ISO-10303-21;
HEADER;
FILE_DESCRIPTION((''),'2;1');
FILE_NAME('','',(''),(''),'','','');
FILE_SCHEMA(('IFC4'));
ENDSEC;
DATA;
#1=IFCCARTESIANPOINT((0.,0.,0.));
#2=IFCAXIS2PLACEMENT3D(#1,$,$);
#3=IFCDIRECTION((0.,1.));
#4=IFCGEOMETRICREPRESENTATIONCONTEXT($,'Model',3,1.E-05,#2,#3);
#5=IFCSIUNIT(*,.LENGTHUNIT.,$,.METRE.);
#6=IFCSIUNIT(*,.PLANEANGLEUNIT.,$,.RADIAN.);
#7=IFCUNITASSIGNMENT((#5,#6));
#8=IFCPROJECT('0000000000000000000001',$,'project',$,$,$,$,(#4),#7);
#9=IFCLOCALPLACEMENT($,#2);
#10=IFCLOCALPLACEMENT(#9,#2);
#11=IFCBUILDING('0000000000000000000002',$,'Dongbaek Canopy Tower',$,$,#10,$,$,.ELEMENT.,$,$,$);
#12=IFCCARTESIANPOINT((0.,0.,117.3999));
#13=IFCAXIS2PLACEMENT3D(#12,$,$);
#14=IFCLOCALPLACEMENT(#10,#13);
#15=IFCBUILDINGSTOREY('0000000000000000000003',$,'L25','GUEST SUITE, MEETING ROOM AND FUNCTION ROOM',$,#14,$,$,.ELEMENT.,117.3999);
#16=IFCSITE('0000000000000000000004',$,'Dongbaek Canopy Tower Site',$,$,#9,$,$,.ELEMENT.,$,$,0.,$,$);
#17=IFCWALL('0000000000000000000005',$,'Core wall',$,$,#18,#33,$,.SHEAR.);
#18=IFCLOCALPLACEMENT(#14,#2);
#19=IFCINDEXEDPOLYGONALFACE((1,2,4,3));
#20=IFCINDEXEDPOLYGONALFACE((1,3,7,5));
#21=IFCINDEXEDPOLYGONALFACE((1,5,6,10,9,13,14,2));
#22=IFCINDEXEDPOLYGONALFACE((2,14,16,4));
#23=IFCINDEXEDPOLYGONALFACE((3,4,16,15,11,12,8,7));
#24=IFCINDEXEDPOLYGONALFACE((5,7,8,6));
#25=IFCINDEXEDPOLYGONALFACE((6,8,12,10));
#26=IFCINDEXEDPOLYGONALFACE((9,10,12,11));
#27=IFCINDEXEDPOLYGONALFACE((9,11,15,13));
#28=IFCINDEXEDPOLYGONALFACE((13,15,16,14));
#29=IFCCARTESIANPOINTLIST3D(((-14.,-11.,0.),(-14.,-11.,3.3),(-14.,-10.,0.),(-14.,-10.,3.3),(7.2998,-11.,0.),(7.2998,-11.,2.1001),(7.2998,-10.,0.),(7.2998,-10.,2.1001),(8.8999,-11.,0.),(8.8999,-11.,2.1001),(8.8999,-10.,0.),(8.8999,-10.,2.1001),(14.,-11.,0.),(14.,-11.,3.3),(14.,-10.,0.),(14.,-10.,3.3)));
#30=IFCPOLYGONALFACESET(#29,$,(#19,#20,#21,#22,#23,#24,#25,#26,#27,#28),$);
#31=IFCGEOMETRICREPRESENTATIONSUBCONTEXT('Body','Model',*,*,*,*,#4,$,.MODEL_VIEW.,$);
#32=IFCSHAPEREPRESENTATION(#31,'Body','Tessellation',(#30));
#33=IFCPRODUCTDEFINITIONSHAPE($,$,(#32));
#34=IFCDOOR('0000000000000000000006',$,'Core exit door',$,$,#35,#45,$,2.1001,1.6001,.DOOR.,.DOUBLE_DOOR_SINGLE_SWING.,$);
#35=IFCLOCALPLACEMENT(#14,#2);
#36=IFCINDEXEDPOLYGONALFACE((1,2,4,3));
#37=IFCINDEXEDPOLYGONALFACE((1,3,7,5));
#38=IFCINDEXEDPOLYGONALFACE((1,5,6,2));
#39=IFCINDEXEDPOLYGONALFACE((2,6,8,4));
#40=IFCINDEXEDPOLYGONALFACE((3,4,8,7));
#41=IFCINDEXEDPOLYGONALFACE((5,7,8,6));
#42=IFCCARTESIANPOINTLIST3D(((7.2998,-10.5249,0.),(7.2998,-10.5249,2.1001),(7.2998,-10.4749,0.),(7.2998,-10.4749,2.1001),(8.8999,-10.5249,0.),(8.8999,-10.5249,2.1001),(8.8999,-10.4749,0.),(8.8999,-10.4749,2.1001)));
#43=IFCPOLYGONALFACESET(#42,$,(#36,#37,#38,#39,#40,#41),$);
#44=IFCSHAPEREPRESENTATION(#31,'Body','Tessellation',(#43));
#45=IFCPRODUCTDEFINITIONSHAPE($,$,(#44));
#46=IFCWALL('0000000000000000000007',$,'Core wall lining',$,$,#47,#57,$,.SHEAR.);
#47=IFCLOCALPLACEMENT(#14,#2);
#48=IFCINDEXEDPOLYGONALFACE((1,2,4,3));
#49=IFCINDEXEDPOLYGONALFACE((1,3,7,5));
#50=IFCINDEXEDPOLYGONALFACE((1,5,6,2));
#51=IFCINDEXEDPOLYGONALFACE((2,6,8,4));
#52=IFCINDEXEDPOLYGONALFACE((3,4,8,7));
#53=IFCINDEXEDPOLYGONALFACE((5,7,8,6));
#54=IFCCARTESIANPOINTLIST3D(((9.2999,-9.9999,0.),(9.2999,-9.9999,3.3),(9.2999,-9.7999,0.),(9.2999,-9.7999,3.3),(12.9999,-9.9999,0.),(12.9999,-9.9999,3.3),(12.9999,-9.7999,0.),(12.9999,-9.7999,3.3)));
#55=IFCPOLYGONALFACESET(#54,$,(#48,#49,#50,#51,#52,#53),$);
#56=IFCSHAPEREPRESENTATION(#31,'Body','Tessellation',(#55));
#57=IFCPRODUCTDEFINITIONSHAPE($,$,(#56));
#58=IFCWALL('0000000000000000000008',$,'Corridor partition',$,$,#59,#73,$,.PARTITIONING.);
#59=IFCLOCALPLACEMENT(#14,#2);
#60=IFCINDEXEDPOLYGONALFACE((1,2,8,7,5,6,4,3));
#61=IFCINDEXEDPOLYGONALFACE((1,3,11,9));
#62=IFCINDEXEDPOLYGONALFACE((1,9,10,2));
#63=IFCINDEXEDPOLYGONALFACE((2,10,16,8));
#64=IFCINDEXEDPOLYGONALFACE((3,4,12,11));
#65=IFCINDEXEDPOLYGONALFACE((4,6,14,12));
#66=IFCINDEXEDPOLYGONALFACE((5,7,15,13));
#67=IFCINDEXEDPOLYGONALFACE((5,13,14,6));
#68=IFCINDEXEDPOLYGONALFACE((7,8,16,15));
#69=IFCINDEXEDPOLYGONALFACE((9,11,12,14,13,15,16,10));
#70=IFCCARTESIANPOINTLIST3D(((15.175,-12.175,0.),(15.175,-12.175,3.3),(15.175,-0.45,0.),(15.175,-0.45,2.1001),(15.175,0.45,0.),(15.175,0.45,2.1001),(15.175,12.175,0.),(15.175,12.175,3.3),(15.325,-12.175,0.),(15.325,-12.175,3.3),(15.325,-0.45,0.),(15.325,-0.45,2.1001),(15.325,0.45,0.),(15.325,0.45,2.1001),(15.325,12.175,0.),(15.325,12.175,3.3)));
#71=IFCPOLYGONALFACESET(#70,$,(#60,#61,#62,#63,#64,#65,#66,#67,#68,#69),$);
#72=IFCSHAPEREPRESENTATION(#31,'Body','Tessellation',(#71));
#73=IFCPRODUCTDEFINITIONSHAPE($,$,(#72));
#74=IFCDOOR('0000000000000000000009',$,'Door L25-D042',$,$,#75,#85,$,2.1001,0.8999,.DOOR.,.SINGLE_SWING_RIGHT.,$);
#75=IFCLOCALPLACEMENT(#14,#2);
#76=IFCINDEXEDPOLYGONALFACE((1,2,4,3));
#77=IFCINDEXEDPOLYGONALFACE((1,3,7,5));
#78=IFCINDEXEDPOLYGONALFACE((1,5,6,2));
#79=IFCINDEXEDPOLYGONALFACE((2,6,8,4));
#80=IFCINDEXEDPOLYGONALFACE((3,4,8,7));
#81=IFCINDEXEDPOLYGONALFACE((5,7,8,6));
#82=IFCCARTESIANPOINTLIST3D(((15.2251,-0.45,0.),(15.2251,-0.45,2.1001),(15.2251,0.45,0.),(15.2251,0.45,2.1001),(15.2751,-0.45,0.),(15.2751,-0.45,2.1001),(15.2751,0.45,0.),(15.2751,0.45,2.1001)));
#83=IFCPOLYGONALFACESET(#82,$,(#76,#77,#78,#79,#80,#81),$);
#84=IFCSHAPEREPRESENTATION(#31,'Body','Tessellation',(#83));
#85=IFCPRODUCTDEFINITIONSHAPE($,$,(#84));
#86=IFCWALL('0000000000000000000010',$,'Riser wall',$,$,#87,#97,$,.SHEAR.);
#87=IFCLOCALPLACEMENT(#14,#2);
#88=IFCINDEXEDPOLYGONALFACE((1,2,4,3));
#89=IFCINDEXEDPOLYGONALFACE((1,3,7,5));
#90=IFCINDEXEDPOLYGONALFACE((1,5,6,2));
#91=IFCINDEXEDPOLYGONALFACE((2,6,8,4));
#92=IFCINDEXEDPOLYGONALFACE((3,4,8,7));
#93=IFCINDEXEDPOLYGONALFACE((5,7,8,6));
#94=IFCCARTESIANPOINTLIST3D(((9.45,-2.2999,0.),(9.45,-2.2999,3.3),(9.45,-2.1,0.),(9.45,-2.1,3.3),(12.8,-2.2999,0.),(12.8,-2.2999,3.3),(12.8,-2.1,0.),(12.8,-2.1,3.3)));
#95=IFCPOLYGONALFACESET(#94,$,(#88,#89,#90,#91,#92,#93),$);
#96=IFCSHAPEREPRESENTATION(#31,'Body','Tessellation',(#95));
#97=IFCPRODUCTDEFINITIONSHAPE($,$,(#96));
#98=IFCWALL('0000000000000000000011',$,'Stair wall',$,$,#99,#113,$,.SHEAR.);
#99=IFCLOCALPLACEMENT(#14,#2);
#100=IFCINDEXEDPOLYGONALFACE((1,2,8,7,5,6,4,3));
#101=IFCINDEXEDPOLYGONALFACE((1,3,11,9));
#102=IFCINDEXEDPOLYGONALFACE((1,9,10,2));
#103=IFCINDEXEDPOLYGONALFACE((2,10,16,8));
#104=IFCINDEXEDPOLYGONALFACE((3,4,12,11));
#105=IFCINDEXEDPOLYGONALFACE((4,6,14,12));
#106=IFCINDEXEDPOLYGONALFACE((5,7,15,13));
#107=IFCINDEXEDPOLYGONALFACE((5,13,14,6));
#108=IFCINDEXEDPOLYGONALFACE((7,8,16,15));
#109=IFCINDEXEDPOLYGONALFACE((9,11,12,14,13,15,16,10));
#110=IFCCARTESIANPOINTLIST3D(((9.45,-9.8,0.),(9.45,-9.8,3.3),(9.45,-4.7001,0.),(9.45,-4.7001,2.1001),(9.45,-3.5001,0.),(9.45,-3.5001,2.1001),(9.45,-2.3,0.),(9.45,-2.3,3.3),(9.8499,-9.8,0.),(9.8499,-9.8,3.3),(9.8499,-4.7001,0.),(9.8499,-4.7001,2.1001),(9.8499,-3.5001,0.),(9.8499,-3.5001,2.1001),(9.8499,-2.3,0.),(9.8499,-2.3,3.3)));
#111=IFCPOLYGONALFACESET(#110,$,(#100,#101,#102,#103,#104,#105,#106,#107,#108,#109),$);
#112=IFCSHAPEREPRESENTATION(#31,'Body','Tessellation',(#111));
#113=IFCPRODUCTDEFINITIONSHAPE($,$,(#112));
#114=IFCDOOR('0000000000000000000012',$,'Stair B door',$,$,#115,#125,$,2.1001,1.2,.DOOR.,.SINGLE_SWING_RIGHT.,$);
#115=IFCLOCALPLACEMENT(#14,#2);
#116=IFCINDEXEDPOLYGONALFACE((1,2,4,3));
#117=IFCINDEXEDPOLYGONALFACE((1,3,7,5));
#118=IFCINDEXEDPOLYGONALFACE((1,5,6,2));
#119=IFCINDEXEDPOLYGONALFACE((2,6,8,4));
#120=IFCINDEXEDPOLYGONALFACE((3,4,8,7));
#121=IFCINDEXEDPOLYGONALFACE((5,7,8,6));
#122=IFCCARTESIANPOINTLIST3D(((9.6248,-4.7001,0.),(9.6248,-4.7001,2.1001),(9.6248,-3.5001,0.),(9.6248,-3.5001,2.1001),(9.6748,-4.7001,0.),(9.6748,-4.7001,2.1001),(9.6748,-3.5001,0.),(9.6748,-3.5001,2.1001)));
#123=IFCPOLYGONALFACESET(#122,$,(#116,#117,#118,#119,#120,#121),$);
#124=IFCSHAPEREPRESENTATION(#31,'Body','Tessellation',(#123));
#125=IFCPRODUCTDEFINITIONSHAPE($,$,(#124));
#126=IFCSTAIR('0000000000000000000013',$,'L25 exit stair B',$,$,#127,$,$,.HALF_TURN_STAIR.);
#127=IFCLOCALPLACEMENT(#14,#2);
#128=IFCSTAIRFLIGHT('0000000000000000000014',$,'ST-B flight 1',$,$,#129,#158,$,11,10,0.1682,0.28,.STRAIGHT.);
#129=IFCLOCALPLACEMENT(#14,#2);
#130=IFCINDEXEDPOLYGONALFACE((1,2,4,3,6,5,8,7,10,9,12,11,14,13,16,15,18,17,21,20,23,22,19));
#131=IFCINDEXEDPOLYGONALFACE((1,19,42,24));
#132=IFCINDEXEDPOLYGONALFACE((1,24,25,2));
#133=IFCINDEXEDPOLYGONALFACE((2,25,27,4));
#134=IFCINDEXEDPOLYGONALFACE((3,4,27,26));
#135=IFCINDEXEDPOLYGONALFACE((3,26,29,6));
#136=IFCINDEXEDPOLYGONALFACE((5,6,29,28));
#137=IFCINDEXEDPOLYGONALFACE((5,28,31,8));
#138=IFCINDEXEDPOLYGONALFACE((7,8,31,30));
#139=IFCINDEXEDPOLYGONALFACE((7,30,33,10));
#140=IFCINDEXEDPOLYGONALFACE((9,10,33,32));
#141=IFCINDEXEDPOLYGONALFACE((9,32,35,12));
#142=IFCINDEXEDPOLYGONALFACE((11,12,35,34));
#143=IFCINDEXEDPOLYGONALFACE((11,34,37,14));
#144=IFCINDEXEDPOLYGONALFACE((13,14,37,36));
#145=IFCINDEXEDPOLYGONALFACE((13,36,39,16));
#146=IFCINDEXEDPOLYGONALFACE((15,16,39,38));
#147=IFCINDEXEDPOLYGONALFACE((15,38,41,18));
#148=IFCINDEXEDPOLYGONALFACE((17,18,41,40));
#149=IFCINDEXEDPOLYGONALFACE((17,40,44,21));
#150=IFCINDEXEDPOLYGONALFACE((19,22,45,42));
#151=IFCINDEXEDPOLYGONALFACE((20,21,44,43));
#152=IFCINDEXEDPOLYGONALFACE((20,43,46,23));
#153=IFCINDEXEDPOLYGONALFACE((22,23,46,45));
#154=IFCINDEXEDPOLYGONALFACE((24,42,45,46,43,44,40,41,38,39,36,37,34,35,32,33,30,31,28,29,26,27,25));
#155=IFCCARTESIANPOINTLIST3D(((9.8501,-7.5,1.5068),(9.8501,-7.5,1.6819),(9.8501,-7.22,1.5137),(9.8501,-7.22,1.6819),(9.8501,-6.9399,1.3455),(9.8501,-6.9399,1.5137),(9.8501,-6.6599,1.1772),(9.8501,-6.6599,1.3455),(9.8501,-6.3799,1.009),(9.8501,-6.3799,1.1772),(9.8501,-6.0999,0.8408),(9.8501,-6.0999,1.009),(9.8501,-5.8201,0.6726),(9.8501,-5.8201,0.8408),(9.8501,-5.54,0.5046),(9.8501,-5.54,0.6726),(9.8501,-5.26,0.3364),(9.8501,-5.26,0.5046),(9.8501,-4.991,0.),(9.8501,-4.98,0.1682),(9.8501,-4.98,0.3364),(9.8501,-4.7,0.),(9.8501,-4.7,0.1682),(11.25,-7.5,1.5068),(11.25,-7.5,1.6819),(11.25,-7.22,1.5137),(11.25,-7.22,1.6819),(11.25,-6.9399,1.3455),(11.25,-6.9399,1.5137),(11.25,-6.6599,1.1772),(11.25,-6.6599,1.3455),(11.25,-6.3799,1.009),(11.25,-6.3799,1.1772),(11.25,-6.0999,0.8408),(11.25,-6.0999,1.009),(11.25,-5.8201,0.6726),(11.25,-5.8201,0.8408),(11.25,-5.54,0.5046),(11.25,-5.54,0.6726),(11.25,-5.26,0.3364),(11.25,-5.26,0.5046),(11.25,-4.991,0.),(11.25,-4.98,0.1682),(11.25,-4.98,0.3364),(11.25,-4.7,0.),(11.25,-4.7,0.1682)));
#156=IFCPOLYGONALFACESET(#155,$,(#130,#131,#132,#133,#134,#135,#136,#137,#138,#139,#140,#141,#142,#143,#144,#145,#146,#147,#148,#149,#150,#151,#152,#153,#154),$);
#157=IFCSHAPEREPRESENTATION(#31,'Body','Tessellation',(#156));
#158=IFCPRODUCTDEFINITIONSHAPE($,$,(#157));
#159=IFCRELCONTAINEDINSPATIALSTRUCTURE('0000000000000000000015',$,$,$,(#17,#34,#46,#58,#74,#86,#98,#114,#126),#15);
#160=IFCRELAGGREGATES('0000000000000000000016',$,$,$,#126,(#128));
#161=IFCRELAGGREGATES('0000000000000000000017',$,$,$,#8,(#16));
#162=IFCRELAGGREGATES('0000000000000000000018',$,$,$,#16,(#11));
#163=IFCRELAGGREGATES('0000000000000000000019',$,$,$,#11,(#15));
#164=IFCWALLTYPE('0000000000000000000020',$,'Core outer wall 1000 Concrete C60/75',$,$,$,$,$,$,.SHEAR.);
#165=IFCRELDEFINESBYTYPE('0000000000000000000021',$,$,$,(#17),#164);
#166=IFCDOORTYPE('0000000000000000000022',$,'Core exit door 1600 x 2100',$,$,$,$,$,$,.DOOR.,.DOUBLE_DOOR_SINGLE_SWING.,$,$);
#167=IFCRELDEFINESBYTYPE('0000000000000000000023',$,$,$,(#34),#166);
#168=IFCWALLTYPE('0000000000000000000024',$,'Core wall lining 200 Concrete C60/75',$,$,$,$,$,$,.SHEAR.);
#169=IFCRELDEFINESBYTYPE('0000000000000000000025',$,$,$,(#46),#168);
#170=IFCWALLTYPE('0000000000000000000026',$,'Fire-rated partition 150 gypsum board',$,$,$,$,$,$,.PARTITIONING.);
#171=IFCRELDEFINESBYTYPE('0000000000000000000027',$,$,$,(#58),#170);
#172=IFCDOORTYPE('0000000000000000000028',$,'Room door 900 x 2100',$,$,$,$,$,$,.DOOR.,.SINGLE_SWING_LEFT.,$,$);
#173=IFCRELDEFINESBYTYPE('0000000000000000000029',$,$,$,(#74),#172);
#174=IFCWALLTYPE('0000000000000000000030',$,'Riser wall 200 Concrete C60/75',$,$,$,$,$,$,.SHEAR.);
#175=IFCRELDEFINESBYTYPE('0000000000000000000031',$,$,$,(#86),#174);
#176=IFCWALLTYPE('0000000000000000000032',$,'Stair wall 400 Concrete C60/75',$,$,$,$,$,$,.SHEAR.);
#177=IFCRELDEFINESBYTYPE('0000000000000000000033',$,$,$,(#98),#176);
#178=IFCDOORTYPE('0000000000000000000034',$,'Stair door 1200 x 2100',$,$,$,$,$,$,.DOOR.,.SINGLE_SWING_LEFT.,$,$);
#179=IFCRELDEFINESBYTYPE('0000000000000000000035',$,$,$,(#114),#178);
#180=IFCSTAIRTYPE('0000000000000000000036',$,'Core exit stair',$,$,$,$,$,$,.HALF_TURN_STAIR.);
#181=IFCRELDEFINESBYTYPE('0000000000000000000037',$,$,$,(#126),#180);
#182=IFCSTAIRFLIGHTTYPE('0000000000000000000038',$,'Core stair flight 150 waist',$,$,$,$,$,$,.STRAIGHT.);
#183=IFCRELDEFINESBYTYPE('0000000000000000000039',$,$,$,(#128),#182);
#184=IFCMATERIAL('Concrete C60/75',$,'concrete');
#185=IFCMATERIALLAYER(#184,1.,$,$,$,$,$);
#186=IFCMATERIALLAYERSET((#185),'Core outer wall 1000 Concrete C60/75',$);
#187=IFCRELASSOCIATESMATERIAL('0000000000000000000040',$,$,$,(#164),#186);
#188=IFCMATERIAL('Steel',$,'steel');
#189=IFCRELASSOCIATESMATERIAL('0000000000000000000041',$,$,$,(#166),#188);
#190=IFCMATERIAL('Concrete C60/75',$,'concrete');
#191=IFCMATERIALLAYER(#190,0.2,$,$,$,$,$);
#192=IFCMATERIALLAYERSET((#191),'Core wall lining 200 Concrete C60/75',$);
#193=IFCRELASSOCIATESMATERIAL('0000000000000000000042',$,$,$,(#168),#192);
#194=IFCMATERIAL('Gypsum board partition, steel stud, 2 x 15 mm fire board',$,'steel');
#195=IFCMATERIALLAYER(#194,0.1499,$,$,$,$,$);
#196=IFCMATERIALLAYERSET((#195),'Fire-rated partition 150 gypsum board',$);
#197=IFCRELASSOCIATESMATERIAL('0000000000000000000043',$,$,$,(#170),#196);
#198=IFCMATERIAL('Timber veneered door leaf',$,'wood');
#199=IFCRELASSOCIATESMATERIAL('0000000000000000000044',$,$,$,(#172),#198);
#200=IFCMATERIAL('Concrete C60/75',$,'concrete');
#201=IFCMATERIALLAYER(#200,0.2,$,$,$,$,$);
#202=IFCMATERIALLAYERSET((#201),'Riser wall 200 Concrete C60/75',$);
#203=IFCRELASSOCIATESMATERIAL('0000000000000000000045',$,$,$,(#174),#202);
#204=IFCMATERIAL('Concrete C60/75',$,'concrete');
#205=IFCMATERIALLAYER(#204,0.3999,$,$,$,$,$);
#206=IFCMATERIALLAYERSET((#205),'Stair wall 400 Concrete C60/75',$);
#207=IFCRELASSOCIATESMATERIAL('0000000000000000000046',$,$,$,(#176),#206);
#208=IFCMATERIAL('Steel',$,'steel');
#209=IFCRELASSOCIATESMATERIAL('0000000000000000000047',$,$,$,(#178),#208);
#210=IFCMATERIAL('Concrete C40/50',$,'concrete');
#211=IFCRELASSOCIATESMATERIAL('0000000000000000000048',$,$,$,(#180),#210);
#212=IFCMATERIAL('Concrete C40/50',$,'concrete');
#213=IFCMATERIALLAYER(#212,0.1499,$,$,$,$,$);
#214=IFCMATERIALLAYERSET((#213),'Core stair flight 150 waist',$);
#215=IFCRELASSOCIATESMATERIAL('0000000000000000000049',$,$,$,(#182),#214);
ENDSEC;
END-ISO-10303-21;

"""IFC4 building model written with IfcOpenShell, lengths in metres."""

from ifc_helpers import new_model, si_unit, direction, frame, frame_2d, origin, place, context, subcontext, project, spatial, polyline, rectangle, outline, extrude, material, layer, layer_set, type_object, element, fill, aggregate, save


model = new_model("IFC4")

# Units and contexts
model_context = context("Model", 3, precision=1e-05, world=origin(), true_north=direction((0.0, 1.0)))
body_context = subcontext(model_context, "Body", "Model", "MODEL_VIEW")
ifc_project = project(units=[si_unit("LENGTHUNIT", "METRE"), si_unit("PLANEANGLEUNIT", "RADIAN")], contexts=[model_context])

# Site, building, storey
site_placement = place(None, origin())
site = spatial("IfcSite", under=ifc_project, at=site_placement, Name="Dongbaek Canopy Tower Site", CompositionType="ELEMENT", RefElevation=0.0)
building_placement = place(site_placement, origin())
building = spatial("IfcBuilding", under=site, at=building_placement, Name="Dongbaek Canopy Tower", CompositionType="ELEMENT")
storey_placement = place(building_placement, frame((0.0, 0.0, 117.3999)))
storey = spatial("IfcBuildingStorey", under=building, at=storey_placement, Name="L25", Description="GUEST SUITE, MEETING ROOM AND FUNCTION ROOM", CompositionType="ELEMENT", Elevation=117.3999)

# Wall, opening, door
ifc_material_1 = material(Name="Concrete C60/75", Category="concrete")
ifc_layer_1 = layer(ifc_material_1, 1.0)
ifc_layer_set_1 = layer_set([ifc_layer_1], Name="Core outer wall 1000 Concrete C60/75")
wall_type_1 = type_object("IfcWallType", Name="Core outer wall 1000 Concrete C60/75", PredefinedType="SHEAR", material=ifc_layer_set_1)
wall_1_placement = place(storey_placement, frame((14.0, -10.5, 0.0), z_axis=(0.0, 0.0, 1.0), x_axis=(-1.0, 0.0, 0.0)))
wall_1 = element("IfcWall", 1, at=wall_1_placement, inside=storey, type_object=wall_type_1, Name="Core wall", PredefinedType="SHEAR", context=body_context, shape_type="SweptSolid", body=[
    extrude(rectangle(XDim=28.0, YDim=1.0, at=frame_2d((14.0, 0.0))), origin(), (0.0, 0.0, 1.0), 3.3),
])
opening_1_placement = place(wall_1_placement, frame((5.1001, 0.0, 0.0)))
opening_1 = element("IfcOpeningElement", 2, at=opening_1_placement, cuts=wall_1, PredefinedType="OPENING", context=body_context, shape_type="SweptSolid", body=[
    extrude(rectangle(XDim=1.6001, YDim=2.1001, at=frame_2d((0.8, 1.05))), frame((0.0, 0.51, 0.0), z_axis=(0.0, -1.0, 0.0), x_axis=(1.0, 0.0, 0.0)), (0.0, 0.0, 1.0), 1.02),
])
ifc_material_2 = material(Name="Steel", Category="steel")
door_type_1 = type_object("IfcDoorType", Name="Core exit door 1600 x 2100", OperationType="DOUBLE_DOOR_SINGLE_SWING", PredefinedType="DOOR", material=ifc_material_2)
door_1_placement = place(opening_1_placement, origin())
door_1 = element("IfcDoor", 3, at=door_1_placement, inside=storey, type_object=door_type_1, Name="Core exit door", OperationType="DOUBLE_DOOR_SINGLE_SWING", OverallHeight=2.1001, OverallWidth=1.6001, PredefinedType="DOOR", context=body_context, shape_type="SweptSolid", body=[
    extrude(rectangle(XDim=1.6001, YDim=2.1001, at=frame_2d((0.8, 1.05))), frame((0.0, 0.0249, 0.0), z_axis=(0.0, -1.0, 0.0), x_axis=(1.0, 0.0, 0.0)), (0.0, 0.0, 1.0), 0.05),
])
fill(opening_1, door_1)

# Wall
ifc_material_3 = material(Name="Concrete C60/75", Category="concrete")
ifc_layer_2 = layer(ifc_material_3, 0.2)
ifc_layer_set_2 = layer_set([ifc_layer_2], Name="Core wall lining 200 Concrete C60/75")
wall_type_2 = type_object("IfcWallType", Name="Core wall lining 200 Concrete C60/75", PredefinedType="SHEAR", material=ifc_layer_set_2)
wall_2_placement = place(storey_placement, frame((13.0, -9.8999, 0.0), z_axis=(0.0, 0.0, 1.0), x_axis=(-1.0, 0.0, 0.0)))
element("IfcWall", 4, at=wall_2_placement, inside=storey, type_object=wall_type_2, Name="Core wall lining", PredefinedType="SHEAR", context=body_context, shape_type="SweptSolid", body=[
    extrude(rectangle(XDim=3.7, YDim=0.2, at=frame_2d((1.8501, 0.0))), origin(), (0.0, 0.0, 1.0), 3.3),
])

# Wall, opening, door
ifc_material_4 = material(Name="Gypsum board partition, steel stud, 2 x 15 mm fire board", Category="steel")
ifc_layer_3 = layer(ifc_material_4, 0.1499)
ifc_layer_set_3 = layer_set([ifc_layer_3], Name="Fire-rated partition 150 gypsum board")
wall_type_3 = type_object("IfcWallType", Name="Fire-rated partition 150 gypsum board", PredefinedType="PARTITIONING", material=ifc_layer_set_3)
wall_3_placement = place(storey_placement, frame((15.25, -12.175, 0.0), z_axis=(0.0, 0.0, 1.0), x_axis=(0.0, 1.0, 0.0)))
wall_3 = element("IfcWall", 5, at=wall_3_placement, inside=storey, type_object=wall_type_3, Name="Corridor partition", PredefinedType="PARTITIONING", context=body_context, shape_type="SweptSolid", body=[
    extrude(rectangle(XDim=24.3501, YDim=0.1499, at=frame_2d((12.175, 0.0))), origin(), (0.0, 0.0, 1.0), 3.3),
])
opening_2_placement = place(wall_3_placement, frame((11.7251, 0.0, 0.0)))
opening_2 = element("IfcOpeningElement", 6, at=opening_2_placement, cuts=wall_3, PredefinedType="OPENING", context=body_context, shape_type="SweptSolid", body=[
    extrude(rectangle(XDim=0.8999, YDim=2.1001, at=frame_2d((0.45, 1.05))), frame((0.0, 0.085, 0.0), z_axis=(0.0, -1.0, 0.0), x_axis=(1.0, 0.0, 0.0)), (0.0, 0.0, 1.0), 0.1699),
])
ifc_material_5 = material(Name="Timber veneered door leaf", Category="wood")
door_type_2 = type_object("IfcDoorType", Name="Room door 900 x 2100", OperationType="SINGLE_SWING_LEFT", PredefinedType="DOOR", material=ifc_material_5)
door_2_placement = place(opening_2_placement, origin())
door_2 = element("IfcDoor", 7, at=door_2_placement, inside=storey, type_object=door_type_2, Name="Door L25-D042", OperationType="SINGLE_SWING_RIGHT", OverallHeight=2.1001, OverallWidth=0.8999, PredefinedType="DOOR", context=body_context, shape_type="SweptSolid", body=[
    extrude(rectangle(XDim=0.8999, YDim=2.1001, at=frame_2d((0.45, 1.05))), frame((0.0, 0.0249, 0.0), z_axis=(0.0, -1.0, 0.0), x_axis=(1.0, 0.0, 0.0)), (0.0, 0.0, 1.0), 0.05),
])
fill(opening_2, door_2)

# Wall
ifc_material_6 = material(Name="Concrete C60/75", Category="concrete")
ifc_layer_4 = layer(ifc_material_6, 0.2)
ifc_layer_set_4 = layer_set([ifc_layer_4], Name="Riser wall 200 Concrete C60/75")
wall_type_4 = type_object("IfcWallType", Name="Riser wall 200 Concrete C60/75", PredefinedType="SHEAR", material=ifc_layer_set_4)
wall_4_placement = place(storey_placement, frame((9.45, -2.2, 0.0), z_axis=(0.0, 0.0, 1.0), x_axis=(1.0, 0.0, 0.0)))
element("IfcWall", 8, at=wall_4_placement, inside=storey, type_object=wall_type_4, Name="Riser wall", PredefinedType="SHEAR", context=body_context, shape_type="SweptSolid", body=[
    extrude(rectangle(XDim=3.3501, YDim=0.2, at=frame_2d((1.675, 0.0))), origin(), (0.0, 0.0, 1.0), 3.3),
])

# Wall, opening, door
ifc_material_7 = material(Name="Concrete C60/75", Category="concrete")
ifc_layer_5 = layer(ifc_material_7, 0.3999)
ifc_layer_set_5 = layer_set([ifc_layer_5], Name="Stair wall 400 Concrete C60/75")
wall_type_5 = type_object("IfcWallType", Name="Stair wall 400 Concrete C60/75", PredefinedType="SHEAR", material=ifc_layer_set_5)
wall_5_placement = place(storey_placement, frame((9.6499, -2.3, 0.0), z_axis=(0.0, 0.0, 1.0), x_axis=(0.0, -1.0, 0.0)))
wall_5 = element("IfcWall", 9, at=wall_5_placement, inside=storey, type_object=wall_type_5, Name="Stair wall", PredefinedType="SHEAR", context=body_context, shape_type="SweptSolid", body=[
    extrude(rectangle(XDim=7.5, YDim=0.3999, at=frame_2d((3.75, 0.0))), origin(), (0.0, 0.0, 1.0), 3.3),
])
opening_3_placement = place(wall_5_placement, frame((1.2, 0.0, 0.0)))
opening_3 = element("IfcOpeningElement", 10, at=opening_3_placement, cuts=wall_5, PredefinedType="OPENING", context=body_context, shape_type="SweptSolid", body=[
    extrude(rectangle(XDim=1.2, YDim=2.1001, at=frame_2d((0.6001, 1.05))), frame((0.0, 0.21, 0.0), z_axis=(0.0, -1.0, 0.0), x_axis=(1.0, 0.0, 0.0)), (0.0, 0.0, 1.0), 0.4199),
])
ifc_material_8 = material(Name="Steel", Category="steel")
door_type_3 = type_object("IfcDoorType", Name="Stair door 1200 x 2100", OperationType="SINGLE_SWING_LEFT", PredefinedType="DOOR", material=ifc_material_8)
door_3_placement = place(opening_3_placement, origin())
door_3 = element("IfcDoor", 11, at=door_3_placement, inside=storey, type_object=door_type_3, Name="Stair B door", OperationType="SINGLE_SWING_RIGHT", OverallHeight=2.1001, OverallWidth=1.2, PredefinedType="DOOR", context=body_context, shape_type="SweptSolid", body=[
    extrude(rectangle(XDim=1.2, YDim=2.1001, at=frame_2d((0.6001, 1.05))), frame((0.0, 0.0249, 0.0), z_axis=(0.0, -1.0, 0.0), x_axis=(1.0, 0.0, 0.0)), (0.0, 0.0, 1.0), 0.05),
])
fill(opening_3, door_3)

# Stair, stair flight
ifc_material_9 = material(Name="Concrete C40/50", Category="concrete")
stair_type = type_object("IfcStairType", Name="Core exit stair", PredefinedType="HALF_TURN_STAIR", material=ifc_material_9)
stair_placement = place(storey_placement, origin())
stair = element("IfcStair", 12, at=stair_placement, inside=storey, type_object=stair_type, Name="L25 exit stair B", PredefinedType="HALF_TURN_STAIR")
ifc_material_10 = material(Name="Concrete C40/50", Category="concrete")
ifc_layer_6 = layer(ifc_material_10, 0.1499)
ifc_layer_set_6 = layer_set([ifc_layer_6], Name="Core stair flight 150 waist")
stair_flight_type = type_object("IfcStairFlightType", Name="Core stair flight 150 waist", PredefinedType="STRAIGHT", material=ifc_layer_set_6)
stair_flight_1_placement = place(storey_placement, frame((10.55, -4.7, 0.0), z_axis=(0.0, 0.0, 1.0), x_axis=(0.0, -1.0, 0.0)))
stair_flight_1 = element("IfcStairFlight", 13, at=stair_flight_1_placement, type_object=stair_flight_type, Name="ST-B flight 1", NumberOfRisers=11, NumberOfTreads=10, PredefinedType="STRAIGHT", RiserHeight=0.1682, TreadLength=0.28, context=body_context, shape_type="SweptSolid", body=[
    extrude(outline(polyline([(0.0, 0.0), (0.0, 0.1682), (0.28, 0.1682), (0.28, 0.3364), (0.5601, 0.3364), (0.5601, 0.5046), (0.8401, 0.5046), (0.8401, 0.6726), (1.1201, 0.6726), (1.1201, 0.8408), (1.3999, 0.8408), (1.3999, 1.009), (1.6799, 1.009), (1.6799, 1.1772), (1.96, 1.1772), (1.96, 1.3455), (2.24, 1.3455), (2.24, 1.5137), (2.52, 1.5137), (2.52, 1.6819), (2.8, 1.6819), (2.8, 1.8501), (2.8, 1.5068), (0.291, 0.0), (0.0, 0.0)])), frame((0.0, 0.7, 0.0), z_axis=(0.0, -1.0, 0.0), x_axis=(1.0, 0.0, 0.0)), (0.0, 0.0, 1.0), 1.3999),
])
aggregate(stair, [stair_flight_1])

save(model, "model.ifc")
